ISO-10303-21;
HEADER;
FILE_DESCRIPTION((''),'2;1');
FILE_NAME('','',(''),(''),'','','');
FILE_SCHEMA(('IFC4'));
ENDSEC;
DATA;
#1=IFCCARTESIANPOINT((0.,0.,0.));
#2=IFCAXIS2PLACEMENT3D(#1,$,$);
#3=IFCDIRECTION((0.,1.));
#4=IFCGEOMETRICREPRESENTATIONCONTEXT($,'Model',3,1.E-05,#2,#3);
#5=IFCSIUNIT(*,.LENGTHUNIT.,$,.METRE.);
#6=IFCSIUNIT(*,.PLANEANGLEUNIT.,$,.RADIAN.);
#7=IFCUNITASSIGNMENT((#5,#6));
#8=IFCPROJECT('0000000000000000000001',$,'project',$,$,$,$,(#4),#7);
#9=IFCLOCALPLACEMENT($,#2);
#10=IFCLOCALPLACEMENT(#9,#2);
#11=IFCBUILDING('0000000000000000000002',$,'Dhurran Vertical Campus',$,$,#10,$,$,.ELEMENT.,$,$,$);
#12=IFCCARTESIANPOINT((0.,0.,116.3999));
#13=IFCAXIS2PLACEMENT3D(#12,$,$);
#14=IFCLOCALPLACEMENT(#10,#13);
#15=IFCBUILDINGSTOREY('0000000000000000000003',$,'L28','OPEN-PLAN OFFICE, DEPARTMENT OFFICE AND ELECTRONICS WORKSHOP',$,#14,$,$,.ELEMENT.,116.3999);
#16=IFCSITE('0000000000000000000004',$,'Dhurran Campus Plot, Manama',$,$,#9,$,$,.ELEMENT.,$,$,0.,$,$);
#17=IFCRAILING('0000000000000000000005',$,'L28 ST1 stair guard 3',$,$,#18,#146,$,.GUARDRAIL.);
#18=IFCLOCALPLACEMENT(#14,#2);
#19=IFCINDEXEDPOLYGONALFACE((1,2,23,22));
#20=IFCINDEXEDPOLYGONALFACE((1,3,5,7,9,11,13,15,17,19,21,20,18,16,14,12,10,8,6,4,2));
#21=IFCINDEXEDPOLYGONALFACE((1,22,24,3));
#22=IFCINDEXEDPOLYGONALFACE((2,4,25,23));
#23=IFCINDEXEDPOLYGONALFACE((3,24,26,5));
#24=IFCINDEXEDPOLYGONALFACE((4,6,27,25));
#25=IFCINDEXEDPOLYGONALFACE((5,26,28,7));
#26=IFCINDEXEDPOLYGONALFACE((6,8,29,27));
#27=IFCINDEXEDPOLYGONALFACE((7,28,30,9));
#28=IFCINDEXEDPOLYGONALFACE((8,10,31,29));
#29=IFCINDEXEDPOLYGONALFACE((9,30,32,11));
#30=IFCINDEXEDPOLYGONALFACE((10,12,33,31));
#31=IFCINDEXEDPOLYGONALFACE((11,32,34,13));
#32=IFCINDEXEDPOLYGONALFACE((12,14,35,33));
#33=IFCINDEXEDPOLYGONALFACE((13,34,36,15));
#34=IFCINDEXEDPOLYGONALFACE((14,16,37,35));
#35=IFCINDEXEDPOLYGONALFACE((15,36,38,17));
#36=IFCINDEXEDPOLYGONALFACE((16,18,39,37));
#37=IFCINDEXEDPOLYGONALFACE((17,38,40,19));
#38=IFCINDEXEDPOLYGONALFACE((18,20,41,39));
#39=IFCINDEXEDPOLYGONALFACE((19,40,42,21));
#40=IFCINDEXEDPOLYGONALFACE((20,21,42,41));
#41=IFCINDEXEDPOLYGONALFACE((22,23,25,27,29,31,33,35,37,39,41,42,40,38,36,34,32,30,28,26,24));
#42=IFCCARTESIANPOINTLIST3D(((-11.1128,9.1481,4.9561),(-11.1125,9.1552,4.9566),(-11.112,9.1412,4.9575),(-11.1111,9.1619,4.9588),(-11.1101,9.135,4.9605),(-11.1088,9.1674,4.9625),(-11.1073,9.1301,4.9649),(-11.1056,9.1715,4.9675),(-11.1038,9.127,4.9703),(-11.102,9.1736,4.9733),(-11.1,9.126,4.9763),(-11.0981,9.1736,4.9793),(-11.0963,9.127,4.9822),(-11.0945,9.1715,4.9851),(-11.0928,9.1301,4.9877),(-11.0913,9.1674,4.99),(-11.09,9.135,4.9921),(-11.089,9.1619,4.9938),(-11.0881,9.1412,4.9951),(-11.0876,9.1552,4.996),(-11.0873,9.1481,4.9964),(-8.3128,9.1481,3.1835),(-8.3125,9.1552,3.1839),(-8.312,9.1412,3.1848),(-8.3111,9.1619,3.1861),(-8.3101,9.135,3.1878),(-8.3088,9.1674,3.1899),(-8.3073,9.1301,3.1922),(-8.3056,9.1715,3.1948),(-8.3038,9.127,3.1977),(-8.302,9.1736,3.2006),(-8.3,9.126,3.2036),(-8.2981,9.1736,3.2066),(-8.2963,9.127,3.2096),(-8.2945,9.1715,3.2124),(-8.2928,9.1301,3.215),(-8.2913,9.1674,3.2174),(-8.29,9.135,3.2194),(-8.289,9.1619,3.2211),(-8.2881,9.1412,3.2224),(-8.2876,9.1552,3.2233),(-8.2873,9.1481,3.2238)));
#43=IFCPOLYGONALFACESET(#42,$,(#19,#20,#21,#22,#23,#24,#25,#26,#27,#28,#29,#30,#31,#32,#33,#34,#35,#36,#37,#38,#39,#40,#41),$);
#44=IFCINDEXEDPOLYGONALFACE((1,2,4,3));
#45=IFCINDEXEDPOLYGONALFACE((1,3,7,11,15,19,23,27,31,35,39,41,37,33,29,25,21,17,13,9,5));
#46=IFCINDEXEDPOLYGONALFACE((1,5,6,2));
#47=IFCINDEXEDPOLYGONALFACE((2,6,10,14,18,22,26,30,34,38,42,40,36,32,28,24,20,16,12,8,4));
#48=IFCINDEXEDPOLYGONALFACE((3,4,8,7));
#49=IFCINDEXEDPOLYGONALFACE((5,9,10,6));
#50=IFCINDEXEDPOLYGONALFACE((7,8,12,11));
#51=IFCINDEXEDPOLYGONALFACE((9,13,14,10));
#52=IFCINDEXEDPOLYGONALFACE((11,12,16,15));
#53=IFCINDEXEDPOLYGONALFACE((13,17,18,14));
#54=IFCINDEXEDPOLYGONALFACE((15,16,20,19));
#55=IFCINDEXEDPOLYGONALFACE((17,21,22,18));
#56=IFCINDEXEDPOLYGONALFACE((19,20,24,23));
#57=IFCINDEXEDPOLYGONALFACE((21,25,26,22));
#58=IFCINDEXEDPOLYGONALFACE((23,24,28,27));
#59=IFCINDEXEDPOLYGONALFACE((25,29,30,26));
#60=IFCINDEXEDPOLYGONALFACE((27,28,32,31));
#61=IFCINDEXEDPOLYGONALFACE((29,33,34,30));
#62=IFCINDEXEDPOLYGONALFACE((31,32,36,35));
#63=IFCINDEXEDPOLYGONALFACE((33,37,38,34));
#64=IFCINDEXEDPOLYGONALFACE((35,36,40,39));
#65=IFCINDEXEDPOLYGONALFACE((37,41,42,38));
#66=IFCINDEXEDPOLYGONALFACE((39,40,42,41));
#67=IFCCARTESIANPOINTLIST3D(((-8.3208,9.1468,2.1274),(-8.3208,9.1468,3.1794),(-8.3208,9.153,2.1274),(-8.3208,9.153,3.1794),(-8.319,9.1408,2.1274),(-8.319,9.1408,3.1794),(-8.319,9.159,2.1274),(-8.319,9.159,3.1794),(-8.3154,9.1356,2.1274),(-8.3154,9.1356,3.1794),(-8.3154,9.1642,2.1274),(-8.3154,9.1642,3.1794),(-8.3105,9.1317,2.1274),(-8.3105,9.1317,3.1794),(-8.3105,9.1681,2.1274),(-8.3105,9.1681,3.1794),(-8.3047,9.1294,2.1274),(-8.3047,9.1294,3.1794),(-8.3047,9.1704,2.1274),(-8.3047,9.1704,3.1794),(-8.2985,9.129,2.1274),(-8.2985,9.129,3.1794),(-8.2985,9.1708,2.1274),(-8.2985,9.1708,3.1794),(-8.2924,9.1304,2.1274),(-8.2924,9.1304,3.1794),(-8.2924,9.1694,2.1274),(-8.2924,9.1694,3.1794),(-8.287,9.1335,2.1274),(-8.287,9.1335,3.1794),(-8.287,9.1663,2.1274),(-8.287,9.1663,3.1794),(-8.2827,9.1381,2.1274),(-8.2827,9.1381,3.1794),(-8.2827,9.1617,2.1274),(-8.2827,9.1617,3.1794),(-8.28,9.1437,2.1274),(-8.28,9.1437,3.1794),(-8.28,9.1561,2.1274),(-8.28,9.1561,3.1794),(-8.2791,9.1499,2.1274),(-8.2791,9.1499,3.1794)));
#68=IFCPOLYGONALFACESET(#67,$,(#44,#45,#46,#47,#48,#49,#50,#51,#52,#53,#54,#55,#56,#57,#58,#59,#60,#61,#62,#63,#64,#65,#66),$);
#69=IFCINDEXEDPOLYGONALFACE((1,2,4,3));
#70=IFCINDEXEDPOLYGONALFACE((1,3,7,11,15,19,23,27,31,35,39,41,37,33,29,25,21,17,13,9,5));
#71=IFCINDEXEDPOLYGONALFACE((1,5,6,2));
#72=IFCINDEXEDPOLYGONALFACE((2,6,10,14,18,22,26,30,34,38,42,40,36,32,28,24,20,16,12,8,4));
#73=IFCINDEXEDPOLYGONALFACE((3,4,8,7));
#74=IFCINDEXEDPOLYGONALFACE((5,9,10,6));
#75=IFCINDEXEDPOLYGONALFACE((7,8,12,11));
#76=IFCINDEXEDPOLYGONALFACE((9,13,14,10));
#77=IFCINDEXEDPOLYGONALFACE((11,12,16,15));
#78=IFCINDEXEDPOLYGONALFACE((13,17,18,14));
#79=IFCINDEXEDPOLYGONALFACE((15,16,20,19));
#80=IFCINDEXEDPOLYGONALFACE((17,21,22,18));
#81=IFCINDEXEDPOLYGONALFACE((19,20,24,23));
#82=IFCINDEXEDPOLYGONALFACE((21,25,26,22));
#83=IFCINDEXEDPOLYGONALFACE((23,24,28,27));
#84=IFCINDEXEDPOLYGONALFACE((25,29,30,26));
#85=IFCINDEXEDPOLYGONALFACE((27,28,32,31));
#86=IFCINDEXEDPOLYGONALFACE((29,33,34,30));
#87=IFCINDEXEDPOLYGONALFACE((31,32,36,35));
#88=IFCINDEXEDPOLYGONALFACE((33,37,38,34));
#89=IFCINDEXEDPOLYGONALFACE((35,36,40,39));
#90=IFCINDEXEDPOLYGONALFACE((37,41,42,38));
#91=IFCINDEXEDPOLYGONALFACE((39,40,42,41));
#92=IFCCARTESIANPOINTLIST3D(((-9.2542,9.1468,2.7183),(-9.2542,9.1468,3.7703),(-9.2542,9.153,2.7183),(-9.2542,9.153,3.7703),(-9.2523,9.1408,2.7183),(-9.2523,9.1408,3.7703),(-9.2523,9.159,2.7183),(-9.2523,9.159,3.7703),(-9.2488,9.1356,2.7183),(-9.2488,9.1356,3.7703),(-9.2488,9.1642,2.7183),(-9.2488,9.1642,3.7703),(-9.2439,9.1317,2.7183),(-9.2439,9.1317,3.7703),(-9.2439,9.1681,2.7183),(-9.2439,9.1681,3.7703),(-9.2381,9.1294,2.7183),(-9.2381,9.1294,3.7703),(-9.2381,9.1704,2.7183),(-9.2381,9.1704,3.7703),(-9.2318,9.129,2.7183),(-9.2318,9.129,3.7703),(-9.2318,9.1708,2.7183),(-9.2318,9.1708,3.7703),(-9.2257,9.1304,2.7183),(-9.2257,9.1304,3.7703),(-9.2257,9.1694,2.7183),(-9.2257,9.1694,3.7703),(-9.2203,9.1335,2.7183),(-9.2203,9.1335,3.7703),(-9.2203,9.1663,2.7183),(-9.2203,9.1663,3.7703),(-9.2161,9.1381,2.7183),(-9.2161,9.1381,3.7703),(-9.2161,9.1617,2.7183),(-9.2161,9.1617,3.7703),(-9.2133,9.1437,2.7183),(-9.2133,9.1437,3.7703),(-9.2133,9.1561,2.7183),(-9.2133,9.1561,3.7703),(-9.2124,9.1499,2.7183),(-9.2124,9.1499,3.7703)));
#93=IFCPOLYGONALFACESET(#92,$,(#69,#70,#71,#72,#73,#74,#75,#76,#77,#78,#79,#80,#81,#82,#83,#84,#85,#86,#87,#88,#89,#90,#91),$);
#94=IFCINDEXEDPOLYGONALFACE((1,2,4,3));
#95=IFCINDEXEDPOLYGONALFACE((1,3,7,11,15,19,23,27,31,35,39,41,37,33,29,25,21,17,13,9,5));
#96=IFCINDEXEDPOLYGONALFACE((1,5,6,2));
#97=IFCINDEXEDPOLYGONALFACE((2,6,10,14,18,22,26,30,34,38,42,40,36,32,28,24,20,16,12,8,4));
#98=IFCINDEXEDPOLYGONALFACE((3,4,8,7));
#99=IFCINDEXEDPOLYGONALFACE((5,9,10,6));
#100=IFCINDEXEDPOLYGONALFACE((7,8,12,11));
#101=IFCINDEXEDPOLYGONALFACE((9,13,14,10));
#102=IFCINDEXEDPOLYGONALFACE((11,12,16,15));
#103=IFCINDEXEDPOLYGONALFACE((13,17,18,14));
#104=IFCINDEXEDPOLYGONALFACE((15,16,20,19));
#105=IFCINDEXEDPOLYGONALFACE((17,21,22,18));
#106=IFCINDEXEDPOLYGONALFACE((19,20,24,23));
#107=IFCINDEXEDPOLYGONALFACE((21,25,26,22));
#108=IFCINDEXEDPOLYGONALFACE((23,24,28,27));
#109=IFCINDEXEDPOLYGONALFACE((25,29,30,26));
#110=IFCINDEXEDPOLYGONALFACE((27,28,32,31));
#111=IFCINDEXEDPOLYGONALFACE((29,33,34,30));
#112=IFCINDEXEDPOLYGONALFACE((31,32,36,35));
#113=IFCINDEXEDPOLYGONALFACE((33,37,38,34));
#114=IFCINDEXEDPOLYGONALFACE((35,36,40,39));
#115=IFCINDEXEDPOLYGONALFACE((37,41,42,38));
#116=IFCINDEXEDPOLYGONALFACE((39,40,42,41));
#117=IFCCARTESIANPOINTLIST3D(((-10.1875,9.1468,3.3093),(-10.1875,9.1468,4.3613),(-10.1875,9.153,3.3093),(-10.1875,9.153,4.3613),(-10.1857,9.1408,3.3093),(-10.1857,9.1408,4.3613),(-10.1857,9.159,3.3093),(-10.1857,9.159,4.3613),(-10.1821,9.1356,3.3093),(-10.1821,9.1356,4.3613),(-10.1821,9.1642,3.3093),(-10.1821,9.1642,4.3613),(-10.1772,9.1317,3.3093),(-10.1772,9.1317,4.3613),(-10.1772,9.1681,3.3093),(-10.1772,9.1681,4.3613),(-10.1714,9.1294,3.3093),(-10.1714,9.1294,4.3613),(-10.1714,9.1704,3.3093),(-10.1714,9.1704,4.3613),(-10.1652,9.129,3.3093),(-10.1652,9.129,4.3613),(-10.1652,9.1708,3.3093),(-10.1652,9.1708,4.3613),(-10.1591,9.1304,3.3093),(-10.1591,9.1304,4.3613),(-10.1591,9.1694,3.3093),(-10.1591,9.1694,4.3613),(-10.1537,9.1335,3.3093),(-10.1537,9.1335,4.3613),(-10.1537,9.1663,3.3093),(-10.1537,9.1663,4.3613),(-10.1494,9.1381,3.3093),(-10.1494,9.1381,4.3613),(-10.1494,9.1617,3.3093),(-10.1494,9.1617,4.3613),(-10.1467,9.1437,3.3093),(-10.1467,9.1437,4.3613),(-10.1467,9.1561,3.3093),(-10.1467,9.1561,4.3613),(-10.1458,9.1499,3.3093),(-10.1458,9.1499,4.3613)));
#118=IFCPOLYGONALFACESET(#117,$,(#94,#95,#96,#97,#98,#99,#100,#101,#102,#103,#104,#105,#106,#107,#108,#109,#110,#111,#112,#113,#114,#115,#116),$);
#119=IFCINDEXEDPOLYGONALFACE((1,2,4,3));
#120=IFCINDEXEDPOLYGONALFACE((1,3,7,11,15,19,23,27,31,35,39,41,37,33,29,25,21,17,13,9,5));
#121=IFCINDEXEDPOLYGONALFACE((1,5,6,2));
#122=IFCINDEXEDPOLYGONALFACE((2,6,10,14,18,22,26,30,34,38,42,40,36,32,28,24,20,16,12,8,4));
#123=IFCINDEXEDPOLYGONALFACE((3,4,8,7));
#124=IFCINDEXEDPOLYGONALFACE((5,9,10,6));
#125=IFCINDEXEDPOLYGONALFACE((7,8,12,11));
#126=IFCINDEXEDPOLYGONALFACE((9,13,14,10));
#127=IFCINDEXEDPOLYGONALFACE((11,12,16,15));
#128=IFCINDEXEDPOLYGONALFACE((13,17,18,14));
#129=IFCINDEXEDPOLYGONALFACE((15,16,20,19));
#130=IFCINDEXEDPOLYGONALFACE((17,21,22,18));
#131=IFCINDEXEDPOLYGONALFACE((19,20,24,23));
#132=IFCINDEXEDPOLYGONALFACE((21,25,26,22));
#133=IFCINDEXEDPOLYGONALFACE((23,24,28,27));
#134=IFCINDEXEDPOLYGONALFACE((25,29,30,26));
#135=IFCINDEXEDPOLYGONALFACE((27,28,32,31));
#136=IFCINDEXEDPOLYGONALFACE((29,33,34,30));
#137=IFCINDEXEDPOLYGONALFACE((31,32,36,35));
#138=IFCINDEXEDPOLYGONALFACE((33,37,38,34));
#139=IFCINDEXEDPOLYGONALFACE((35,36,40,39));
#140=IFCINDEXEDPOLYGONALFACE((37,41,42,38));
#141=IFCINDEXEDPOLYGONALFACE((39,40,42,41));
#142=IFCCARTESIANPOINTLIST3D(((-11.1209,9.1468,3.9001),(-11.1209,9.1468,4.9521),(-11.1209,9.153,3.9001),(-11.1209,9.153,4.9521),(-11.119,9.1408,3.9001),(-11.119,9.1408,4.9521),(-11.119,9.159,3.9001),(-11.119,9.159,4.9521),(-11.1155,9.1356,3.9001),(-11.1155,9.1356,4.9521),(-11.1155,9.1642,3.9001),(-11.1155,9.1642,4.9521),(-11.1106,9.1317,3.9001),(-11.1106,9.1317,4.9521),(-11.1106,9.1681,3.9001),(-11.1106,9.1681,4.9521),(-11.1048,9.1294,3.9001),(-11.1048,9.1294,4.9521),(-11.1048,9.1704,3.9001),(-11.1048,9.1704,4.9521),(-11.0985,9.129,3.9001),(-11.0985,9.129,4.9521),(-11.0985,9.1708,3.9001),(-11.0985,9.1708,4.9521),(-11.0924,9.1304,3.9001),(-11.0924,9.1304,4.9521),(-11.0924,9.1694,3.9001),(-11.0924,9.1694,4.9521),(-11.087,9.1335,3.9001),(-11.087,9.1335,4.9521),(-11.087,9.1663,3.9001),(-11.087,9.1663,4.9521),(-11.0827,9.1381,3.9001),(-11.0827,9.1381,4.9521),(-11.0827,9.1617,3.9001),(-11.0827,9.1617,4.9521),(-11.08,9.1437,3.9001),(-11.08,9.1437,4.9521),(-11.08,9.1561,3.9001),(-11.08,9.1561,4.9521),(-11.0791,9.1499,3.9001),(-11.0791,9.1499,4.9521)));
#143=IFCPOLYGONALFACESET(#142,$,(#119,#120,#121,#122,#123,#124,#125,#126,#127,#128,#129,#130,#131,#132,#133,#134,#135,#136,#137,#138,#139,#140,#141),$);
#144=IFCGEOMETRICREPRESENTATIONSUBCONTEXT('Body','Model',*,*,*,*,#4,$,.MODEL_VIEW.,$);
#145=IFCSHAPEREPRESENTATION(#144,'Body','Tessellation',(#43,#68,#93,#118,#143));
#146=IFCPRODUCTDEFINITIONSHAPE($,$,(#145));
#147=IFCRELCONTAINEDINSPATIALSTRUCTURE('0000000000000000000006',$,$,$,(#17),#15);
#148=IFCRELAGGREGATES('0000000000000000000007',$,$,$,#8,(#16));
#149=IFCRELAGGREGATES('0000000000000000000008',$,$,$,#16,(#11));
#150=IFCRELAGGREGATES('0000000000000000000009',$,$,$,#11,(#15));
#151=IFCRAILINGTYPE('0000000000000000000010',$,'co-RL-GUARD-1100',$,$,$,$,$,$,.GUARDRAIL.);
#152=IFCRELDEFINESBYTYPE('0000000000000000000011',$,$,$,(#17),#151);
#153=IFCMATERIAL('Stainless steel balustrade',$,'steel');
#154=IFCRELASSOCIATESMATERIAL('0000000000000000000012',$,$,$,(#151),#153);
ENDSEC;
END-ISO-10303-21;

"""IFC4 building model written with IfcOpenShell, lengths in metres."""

from ifc_helpers import new_model, si_unit, direction, frame, origin, origin_2d, place, context, subcontext, project, spatial, circle, extrude, material, type_object, element, save


model = new_model("IFC4")

# Units and contexts
model_context = context("Model", 3, precision=1e-05, world=origin(), true_north=direction((0.0, 1.0)))
body_context = subcontext(model_context, "Body", "Model", "MODEL_VIEW")
ifc_project = project(units=[si_unit("LENGTHUNIT", "METRE"), si_unit("PLANEANGLEUNIT", "RADIAN")], contexts=[model_context])

# Site, building, storey
site_placement = place(None, origin())
site = spatial("IfcSite", under=ifc_project, at=site_placement, Name="Dhurran Campus Plot, Manama", CompositionType="ELEMENT", RefElevation=0.0)
building_placement = place(site_placement, origin())
building = spatial("IfcBuilding", under=site, at=building_placement, Name="Dhurran Vertical Campus", CompositionType="ELEMENT")
storey_placement = place(building_placement, frame((0.0, 0.0, 116.3999)))
storey = spatial("IfcBuildingStorey", under=building, at=storey_placement, Name="L28", Description="OPEN-PLAN OFFICE, DEPARTMENT OFFICE AND ELECTRONICS WORKSHOP", CompositionType="ELEMENT", Elevation=116.3999)

# Railing
ifc_material_1 = material(Name="Stainless steel balustrade", Category="steel")
railing_type_1 = type_object("IfcRailingType", Name="co-RL-GUARD-1100", PredefinedType="GUARDRAIL", material=ifc_material_1)
railing_1_placement = place(storey_placement, frame((-8.3, 9.1499, 2.1274)))
element("IfcRailing", 1, at=railing_1_placement, inside=storey, type_object=railing_type_1, Name="L28 ST1 stair guard 3", PredefinedType="GUARDRAIL", context=body_context, shape_type="SweptSolid", body=[
    extrude(circle(Radius=0.0239, at=origin_2d()), frame((0.0, 0.0, 1.0762), z_axis=(-0.844909, 0.0, 0.53491), x_axis=(0.0, -1.0, 0.0)), (0.0, 0.0, 1.0), 3.314),
    extrude(circle(Radius=0.021, at=origin_2d()), origin(), (0.0, 0.0, 1.0), 1.052),
    extrude(circle(Radius=0.021, at=origin_2d()), frame((-0.9333, 0.0, 0.5908)), (0.0, 0.0, 1.0), 1.052),
    extrude(circle(Radius=0.021, at=origin_2d()), frame((-1.8667, 0.0, 1.1819)), (0.0, 0.0, 1.0), 1.052),
    extrude(circle(Radius=0.021, at=origin_2d()), frame((-2.8, 0.0, 1.7727)), (0.0, 0.0, 1.0), 1.052),
])

save(model, "model.ifc")
